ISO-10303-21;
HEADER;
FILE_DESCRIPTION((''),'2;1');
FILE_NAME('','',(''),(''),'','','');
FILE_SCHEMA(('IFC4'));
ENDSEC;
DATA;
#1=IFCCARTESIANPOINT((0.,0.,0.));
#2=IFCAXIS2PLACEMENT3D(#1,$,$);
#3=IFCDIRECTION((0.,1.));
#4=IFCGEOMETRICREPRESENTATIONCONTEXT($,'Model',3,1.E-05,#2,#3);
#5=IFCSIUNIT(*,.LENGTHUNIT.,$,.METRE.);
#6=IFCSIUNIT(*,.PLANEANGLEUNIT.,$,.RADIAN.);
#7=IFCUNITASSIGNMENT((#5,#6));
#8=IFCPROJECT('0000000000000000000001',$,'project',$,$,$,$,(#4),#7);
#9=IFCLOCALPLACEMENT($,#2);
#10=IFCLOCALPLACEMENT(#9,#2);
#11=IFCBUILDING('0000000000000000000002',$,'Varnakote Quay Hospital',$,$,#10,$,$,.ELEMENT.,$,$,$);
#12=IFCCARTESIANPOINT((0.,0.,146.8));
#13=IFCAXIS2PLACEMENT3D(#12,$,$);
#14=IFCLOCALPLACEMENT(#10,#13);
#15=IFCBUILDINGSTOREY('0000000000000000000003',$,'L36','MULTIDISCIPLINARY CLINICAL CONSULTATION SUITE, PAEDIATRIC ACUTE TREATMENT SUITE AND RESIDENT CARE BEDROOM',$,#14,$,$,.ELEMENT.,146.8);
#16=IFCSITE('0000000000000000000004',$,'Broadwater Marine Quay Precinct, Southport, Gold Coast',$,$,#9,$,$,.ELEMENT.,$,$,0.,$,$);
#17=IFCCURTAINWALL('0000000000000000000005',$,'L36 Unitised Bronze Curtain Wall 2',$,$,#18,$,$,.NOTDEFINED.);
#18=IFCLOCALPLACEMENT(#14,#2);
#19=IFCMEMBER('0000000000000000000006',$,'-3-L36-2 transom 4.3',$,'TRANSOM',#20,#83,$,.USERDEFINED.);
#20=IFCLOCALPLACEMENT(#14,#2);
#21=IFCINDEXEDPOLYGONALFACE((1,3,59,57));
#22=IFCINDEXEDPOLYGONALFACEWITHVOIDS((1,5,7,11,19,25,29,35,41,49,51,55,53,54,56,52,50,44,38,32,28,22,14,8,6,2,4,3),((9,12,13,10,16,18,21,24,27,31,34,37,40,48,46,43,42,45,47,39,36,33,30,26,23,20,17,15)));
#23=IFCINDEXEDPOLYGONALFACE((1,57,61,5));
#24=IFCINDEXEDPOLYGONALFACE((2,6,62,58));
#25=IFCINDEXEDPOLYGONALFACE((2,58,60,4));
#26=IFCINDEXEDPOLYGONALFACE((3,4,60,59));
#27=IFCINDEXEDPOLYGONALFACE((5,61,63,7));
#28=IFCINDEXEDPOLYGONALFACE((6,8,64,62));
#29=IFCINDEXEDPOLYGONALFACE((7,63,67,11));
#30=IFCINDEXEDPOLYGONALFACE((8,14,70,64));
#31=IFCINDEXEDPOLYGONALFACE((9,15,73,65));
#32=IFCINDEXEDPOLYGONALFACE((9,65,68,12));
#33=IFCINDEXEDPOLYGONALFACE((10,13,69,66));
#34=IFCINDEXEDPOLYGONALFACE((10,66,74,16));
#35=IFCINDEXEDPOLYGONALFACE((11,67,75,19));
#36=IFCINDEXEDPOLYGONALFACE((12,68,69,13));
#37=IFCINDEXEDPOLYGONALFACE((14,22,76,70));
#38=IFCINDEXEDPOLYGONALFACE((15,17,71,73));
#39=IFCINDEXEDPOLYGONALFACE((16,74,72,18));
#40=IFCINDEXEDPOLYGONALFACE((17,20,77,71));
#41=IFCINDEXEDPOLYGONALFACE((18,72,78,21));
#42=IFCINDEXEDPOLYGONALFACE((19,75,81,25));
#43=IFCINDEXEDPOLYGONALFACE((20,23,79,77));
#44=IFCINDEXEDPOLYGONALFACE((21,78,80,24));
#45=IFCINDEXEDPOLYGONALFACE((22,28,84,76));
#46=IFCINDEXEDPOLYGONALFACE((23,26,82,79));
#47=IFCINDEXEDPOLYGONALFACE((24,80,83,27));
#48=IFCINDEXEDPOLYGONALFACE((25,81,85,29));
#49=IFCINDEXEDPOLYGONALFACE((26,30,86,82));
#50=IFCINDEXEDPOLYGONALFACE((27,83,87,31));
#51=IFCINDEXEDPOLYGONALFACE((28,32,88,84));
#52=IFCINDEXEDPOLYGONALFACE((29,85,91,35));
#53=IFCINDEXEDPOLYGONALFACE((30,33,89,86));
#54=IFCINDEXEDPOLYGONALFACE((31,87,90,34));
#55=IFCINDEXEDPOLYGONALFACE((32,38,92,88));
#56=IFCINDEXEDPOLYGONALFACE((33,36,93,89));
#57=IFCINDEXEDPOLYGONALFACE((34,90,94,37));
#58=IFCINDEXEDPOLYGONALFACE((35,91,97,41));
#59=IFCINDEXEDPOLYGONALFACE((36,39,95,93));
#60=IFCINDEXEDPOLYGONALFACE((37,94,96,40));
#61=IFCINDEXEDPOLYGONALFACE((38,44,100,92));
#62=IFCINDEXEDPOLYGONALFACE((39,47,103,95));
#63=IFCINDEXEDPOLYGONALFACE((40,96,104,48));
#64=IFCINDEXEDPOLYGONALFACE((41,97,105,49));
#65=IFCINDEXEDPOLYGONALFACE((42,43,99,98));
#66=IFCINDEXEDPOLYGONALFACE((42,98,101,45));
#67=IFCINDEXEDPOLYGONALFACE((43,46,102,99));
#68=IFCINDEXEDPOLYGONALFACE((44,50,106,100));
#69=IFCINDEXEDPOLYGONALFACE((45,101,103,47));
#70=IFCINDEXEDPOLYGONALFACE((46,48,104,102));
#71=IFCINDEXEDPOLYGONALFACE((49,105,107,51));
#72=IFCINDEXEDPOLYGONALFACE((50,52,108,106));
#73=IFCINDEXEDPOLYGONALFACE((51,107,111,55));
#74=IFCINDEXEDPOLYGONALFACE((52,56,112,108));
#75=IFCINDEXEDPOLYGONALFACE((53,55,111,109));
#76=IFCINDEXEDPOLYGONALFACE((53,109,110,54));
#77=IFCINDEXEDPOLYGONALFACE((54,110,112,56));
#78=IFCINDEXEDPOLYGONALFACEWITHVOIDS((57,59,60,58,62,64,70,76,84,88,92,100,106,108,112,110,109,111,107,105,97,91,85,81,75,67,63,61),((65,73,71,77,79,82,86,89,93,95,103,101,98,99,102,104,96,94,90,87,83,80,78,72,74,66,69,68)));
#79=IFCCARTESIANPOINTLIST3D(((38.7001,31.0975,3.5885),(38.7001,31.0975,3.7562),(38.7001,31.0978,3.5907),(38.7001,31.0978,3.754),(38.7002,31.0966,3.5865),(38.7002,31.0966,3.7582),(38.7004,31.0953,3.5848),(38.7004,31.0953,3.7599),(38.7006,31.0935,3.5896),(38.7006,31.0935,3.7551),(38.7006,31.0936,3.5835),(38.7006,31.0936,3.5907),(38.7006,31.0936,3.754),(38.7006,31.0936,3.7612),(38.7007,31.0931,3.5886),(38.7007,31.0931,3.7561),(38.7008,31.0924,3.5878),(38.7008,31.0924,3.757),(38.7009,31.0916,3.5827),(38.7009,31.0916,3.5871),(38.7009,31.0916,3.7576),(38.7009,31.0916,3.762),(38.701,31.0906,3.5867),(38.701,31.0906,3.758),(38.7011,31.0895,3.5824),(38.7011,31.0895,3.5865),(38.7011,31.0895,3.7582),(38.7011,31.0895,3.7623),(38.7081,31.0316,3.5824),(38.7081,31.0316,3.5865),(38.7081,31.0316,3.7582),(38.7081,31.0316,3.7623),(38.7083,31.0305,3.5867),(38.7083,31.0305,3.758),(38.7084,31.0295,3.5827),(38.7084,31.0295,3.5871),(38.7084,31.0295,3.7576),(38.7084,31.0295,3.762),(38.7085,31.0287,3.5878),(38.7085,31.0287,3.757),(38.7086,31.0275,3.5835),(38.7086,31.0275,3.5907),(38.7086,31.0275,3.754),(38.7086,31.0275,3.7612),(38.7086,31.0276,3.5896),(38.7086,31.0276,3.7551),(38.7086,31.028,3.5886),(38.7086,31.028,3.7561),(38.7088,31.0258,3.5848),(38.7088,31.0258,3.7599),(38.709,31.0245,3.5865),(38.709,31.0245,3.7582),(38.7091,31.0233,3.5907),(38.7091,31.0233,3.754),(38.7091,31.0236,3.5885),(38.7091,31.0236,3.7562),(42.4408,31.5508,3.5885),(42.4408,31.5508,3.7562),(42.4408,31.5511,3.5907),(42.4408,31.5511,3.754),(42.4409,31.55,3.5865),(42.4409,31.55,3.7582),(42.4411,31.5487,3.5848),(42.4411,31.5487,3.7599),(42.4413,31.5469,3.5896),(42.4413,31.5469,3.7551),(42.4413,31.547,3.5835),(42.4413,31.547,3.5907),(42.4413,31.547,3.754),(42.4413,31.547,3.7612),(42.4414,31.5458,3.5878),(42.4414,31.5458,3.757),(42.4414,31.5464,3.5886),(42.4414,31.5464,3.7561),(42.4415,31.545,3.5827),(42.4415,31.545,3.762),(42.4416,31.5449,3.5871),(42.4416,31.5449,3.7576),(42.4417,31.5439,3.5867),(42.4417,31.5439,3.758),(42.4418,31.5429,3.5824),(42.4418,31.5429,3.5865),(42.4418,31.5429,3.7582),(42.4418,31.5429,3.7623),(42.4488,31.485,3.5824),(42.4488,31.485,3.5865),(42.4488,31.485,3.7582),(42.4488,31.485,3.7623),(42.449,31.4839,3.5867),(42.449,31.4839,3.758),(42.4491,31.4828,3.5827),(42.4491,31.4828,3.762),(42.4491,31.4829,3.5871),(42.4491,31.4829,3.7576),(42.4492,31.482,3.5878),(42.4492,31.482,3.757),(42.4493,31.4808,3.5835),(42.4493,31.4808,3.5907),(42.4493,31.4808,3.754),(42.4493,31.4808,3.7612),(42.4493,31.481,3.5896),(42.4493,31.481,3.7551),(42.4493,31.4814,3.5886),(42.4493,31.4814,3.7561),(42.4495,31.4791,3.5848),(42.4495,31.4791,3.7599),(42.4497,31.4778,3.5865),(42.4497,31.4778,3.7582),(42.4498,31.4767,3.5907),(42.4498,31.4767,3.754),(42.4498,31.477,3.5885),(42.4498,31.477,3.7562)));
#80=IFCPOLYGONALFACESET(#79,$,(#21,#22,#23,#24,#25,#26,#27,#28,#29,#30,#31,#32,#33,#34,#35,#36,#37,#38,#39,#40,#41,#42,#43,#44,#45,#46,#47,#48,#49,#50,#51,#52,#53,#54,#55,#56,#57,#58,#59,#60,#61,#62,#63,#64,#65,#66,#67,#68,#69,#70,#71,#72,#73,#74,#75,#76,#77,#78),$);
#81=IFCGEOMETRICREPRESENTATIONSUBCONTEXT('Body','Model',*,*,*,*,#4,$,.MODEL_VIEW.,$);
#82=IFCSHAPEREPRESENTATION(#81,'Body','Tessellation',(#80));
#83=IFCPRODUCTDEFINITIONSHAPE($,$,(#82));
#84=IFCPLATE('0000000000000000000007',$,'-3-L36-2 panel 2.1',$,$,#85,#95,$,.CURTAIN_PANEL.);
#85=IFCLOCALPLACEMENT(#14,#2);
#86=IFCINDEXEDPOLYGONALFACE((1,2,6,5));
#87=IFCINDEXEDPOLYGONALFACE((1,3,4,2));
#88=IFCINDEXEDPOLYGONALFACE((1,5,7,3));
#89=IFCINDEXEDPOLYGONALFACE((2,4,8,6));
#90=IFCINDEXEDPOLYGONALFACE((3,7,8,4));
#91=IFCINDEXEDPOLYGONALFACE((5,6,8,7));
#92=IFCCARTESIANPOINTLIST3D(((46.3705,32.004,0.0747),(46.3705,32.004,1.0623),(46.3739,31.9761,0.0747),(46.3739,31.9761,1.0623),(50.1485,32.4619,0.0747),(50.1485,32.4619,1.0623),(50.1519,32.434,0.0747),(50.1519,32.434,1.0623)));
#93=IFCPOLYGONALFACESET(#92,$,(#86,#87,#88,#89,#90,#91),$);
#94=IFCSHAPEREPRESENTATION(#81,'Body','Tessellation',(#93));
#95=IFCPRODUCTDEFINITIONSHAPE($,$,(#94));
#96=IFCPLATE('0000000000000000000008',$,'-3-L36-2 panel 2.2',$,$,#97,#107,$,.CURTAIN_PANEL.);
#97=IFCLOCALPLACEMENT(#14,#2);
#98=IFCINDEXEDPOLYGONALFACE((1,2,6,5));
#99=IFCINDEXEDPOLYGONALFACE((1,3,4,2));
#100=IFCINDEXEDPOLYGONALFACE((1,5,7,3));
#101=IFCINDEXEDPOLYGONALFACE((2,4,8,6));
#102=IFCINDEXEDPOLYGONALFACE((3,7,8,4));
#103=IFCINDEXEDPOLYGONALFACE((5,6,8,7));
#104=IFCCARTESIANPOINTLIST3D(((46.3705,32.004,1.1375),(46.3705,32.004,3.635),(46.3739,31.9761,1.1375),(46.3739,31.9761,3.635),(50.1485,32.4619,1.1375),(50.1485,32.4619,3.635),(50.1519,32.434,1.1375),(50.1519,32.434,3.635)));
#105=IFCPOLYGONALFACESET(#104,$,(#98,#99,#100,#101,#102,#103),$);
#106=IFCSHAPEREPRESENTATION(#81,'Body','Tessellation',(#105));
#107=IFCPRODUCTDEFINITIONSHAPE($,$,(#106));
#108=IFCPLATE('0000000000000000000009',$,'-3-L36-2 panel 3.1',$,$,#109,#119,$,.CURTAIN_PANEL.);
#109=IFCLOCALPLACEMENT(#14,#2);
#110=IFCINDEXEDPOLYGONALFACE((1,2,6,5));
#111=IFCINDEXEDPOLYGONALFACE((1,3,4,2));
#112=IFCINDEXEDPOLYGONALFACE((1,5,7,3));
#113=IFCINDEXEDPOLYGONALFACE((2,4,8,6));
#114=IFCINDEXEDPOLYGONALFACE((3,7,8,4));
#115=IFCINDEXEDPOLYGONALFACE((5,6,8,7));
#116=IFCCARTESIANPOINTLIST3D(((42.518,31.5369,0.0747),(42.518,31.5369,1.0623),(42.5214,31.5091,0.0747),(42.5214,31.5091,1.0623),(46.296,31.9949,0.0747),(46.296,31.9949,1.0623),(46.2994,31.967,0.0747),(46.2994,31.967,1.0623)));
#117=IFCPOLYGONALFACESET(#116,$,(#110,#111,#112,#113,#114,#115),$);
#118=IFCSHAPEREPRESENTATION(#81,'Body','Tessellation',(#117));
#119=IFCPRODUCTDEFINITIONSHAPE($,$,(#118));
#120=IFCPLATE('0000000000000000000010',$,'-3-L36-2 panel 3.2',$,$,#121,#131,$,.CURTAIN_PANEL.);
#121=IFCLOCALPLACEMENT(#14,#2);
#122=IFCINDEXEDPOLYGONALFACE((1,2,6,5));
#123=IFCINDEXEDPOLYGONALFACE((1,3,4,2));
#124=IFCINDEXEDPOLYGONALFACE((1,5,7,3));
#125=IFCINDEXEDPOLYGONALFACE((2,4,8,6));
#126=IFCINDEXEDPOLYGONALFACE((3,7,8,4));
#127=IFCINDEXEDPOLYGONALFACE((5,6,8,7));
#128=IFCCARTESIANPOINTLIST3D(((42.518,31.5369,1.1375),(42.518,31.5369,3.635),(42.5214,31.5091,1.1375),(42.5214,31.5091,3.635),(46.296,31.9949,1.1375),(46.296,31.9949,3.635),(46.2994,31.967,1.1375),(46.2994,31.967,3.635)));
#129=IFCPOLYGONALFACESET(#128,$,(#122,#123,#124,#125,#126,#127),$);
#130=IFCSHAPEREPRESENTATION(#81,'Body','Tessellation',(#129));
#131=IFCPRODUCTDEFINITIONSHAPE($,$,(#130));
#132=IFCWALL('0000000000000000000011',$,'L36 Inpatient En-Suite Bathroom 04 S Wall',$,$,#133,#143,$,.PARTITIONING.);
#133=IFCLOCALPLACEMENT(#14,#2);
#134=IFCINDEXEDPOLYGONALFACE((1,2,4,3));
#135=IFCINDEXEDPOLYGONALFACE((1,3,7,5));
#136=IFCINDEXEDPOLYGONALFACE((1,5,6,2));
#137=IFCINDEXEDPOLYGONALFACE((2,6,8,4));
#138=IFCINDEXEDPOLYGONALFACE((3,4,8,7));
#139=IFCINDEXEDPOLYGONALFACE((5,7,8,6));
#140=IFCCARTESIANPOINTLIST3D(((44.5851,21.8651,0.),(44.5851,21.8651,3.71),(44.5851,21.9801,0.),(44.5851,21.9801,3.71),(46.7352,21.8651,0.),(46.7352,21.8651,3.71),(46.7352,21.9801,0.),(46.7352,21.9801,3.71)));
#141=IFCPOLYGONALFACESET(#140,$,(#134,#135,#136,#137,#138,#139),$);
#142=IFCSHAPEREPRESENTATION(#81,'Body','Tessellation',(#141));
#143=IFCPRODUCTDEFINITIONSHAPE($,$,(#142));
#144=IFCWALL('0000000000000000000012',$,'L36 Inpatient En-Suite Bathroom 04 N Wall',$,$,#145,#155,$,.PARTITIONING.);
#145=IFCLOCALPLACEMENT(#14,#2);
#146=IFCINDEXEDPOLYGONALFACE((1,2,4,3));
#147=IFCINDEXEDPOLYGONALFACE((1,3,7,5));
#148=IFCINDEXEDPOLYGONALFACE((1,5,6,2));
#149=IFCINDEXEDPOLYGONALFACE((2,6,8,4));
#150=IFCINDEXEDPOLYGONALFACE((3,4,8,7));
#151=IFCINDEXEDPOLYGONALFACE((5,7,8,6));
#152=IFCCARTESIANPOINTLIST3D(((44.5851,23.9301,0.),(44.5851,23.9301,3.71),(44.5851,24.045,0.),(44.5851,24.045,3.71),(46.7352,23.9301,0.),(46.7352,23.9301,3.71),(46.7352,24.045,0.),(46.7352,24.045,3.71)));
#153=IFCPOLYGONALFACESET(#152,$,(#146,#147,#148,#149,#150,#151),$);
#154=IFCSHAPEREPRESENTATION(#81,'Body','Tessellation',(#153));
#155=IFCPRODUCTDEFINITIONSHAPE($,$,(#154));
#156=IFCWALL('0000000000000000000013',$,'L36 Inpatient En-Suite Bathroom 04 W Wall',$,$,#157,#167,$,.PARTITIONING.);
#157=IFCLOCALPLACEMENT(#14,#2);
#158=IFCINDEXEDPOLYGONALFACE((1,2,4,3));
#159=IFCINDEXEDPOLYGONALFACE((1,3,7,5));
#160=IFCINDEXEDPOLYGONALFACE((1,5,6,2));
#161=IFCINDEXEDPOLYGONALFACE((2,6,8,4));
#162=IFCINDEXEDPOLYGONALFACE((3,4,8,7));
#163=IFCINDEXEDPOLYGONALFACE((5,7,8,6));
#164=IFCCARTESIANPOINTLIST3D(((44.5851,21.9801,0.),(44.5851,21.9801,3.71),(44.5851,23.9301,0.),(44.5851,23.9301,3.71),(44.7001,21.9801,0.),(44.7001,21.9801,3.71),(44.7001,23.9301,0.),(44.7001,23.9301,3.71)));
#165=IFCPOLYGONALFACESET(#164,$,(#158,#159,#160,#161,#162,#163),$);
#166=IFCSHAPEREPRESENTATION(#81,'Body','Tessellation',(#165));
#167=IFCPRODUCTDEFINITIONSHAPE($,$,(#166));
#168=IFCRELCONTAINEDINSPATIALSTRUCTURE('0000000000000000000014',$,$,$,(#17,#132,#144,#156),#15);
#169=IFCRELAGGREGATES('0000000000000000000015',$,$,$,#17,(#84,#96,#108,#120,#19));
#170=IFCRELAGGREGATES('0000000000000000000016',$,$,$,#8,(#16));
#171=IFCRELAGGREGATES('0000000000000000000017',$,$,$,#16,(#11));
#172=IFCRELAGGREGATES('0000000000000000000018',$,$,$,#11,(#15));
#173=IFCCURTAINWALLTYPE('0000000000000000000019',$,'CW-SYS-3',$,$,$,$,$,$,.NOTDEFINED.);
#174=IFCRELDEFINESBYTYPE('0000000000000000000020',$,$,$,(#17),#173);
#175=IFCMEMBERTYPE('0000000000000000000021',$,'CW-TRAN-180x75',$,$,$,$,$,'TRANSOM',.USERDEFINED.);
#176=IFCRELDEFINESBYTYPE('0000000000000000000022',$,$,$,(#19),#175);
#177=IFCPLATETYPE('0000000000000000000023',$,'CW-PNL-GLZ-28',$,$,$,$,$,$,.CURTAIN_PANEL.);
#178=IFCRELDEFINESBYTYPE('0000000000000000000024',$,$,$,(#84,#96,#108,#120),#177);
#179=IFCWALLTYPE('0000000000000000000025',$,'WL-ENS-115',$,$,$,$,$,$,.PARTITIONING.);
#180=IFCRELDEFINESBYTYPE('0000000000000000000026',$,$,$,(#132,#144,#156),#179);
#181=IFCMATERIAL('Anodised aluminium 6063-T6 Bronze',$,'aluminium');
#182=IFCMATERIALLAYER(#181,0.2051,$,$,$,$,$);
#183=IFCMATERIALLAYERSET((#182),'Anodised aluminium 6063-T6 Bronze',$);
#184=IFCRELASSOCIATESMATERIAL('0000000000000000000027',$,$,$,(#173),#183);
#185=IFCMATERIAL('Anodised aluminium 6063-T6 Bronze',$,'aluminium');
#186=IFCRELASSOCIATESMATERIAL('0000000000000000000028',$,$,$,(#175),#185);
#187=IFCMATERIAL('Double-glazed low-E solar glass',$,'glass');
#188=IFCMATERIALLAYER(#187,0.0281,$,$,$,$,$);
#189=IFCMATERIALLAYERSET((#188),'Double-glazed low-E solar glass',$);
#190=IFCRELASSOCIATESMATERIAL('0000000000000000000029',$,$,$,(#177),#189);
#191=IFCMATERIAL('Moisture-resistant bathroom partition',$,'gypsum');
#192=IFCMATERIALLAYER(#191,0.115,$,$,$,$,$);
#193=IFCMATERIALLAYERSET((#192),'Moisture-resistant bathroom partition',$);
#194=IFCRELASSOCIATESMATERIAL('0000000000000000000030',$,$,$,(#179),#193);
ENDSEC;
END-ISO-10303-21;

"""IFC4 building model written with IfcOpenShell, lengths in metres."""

from ifc_helpers import new_model, si_unit, direction, frame, frame_2d, origin, origin_2d, place, context, subcontext, project, spatial, rectangle, hollow_rectangle, extrude, material, layer, layer_set, material_profile, profile_set, type_object, element, aggregate, save


model = new_model("IFC4")

# Units and contexts
model_context = context("Model", 3, precision=1e-05, world=origin(), true_north=direction((0.0, 1.0)))
body_context = subcontext(model_context, "Body", "Model", "MODEL_VIEW")
ifc_project = project(units=[si_unit("LENGTHUNIT", "METRE"), si_unit("PLANEANGLEUNIT", "RADIAN")], contexts=[model_context])

# Site, building, storey
site_placement = place(None, origin())
site = spatial("IfcSite", under=ifc_project, at=site_placement, Name="Broadwater Marine Quay Precinct, Southport, Gold Coast", CompositionType="ELEMENT", RefElevation=0.0)
building_placement = place(site_placement, origin())
building = spatial("IfcBuilding", under=site, at=building_placement, Name="Varnakote Quay Hospital", CompositionType="ELEMENT")
storey_placement = place(building_placement, frame((0.0, 0.0, 146.8)))
storey = spatial("IfcBuildingStorey", under=building, at=storey_placement, Name="L36", Description="MULTIDISCIPLINARY CLINICAL CONSULTATION SUITE, PAEDIATRIC ACUTE TREATMENT SUITE AND RESIDENT CARE BEDROOM", CompositionType="ELEMENT", Elevation=146.8)

# Curtain wall, member, plates
ifc_material_1 = material(Name="Anodised aluminium 6063-T6 Bronze", Category="aluminium")
ifc_layer_1 = layer(ifc_material_1, 0.2051)
ifc_layer_set_1 = layer_set([ifc_layer_1], Name="Anodised aluminium 6063-T6 Bronze")
curtain_wall_type = type_object("IfcCurtainWallType", Name="CW-SYS-3", PredefinedType="NOTDEFINED", material=ifc_layer_set_1)
curtain_wall_placement = place(storey_placement, origin())
curtain_wall = element("IfcCurtainWall", 1, at=curtain_wall_placement, inside=storey, type_object=curtain_wall_type, Name="L36 Unitised Bronze Curtain Wall 2", PredefinedType="NOTDEFINED")
ifc_material_2 = material(Name="Anodised aluminium 6063-T6 Bronze", Category="aluminium")
ifc_material_profile_1 = material_profile(ifc_material_2, hollow_rectangle(XDim=0.075, YDim=0.1799, WallThickness=0.0042, InnerFilletRadius=0.0042, OuterFilletRadius=0.0083, at=origin_2d()), Name="CW-TRAN-180x75")
ifc_profile_set_1 = profile_set([ifc_material_profile_1], Name="Anodised aluminium 6063-T6 Bronze")
member_type_1 = type_object("IfcMemberType", Name="CW-TRAN-180x75", ElementType="TRANSOM", PredefinedType="USERDEFINED", material=ifc_profile_set_1)
member_1_placement = place(storey_placement, frame((42.4453, 31.5139, 3.6724), z_axis=(-0.992735, -0.120318, 0.0), x_axis=(0.120318, -0.992735, 0.0)))
member_1 = element("IfcMember", 2, at=member_1_placement, type_object=member_type_1, Name="-3-L36-2 transom 4.3", ObjectType="TRANSOM", PredefinedType="USERDEFINED", context=body_context, shape_type="SweptSolid", body=[
    extrude(hollow_rectangle(XDim=0.075, YDim=0.1799, WallThickness=0.0042, InnerFilletRadius=0.0042, OuterFilletRadius=0.0083, at=origin_2d()), origin(), (0.0, 0.0, 1.0), 3.7681),
])
ifc_material_3 = material(Name="Double-glazed low-E solar glass", Category="glass")
ifc_layer_2 = layer(ifc_material_3, 0.0281)
ifc_layer_set_2 = layer_set([ifc_layer_2], Name="Double-glazed low-E solar glass")
plate_type = type_object("IfcPlateType", Name="CW-PNL-GLZ-28", PredefinedType="CURTAIN_PANEL", material=ifc_layer_set_2)
plate_1_placement = place(storey_placement, frame((48.2612, 32.219, 0.0747), z_axis=(0.0, 0.0, 1.0), x_axis=(-0.992734, -0.120327, 0.0)))
plate_1 = element("IfcPlate", 3, at=plate_1_placement, type_object=plate_type, Name="-3-L36-2 panel 2.1", PredefinedType="CURTAIN_PANEL", context=body_context, shape_type="SweptSolid", body=[
    extrude(rectangle(XDim=3.8057, YDim=0.0281, at=origin_2d()), origin(), (0.0, 0.0, 1.0), 0.9875),
])
plate_2_placement = place(storey_placement, frame((48.2612, 32.219, 1.1375), z_axis=(0.0, 0.0, 1.0), x_axis=(-0.992734, -0.120327, 0.0)))
plate_2 = element("IfcPlate", 4, at=plate_2_placement, type_object=plate_type, Name="-3-L36-2 panel 2.2", PredefinedType="CURTAIN_PANEL", context=body_context, shape_type="SweptSolid", body=[
    extrude(rectangle(XDim=3.8057, YDim=0.0281, at=origin_2d()), origin(), (0.0, 0.0, 1.0), 2.4976),
])
plate_3_placement = place(storey_placement, frame((44.4087, 31.752, 0.0747), z_axis=(0.0, 0.0, 1.0), x_axis=(-0.992734, -0.120327, 0.0)))
plate_3 = element("IfcPlate", 5, at=plate_3_placement, type_object=plate_type, Name="-3-L36-2 panel 3.1", PredefinedType="CURTAIN_PANEL", context=body_context, shape_type="SweptSolid", body=[
    extrude(rectangle(XDim=3.8057, YDim=0.0281, at=origin_2d()), origin(), (0.0, 0.0, 1.0), 0.9875),
])
plate_4_placement = place(storey_placement, frame((44.4087, 31.752, 1.1375), z_axis=(0.0, 0.0, 1.0), x_axis=(-0.992734, -0.120327, 0.0)))
plate_4 = element("IfcPlate", 6, at=plate_4_placement, type_object=plate_type, Name="-3-L36-2 panel 3.2", PredefinedType="CURTAIN_PANEL", context=body_context, shape_type="SweptSolid", body=[
    extrude(rectangle(XDim=3.8057, YDim=0.0281, at=origin_2d()), origin(), (0.0, 0.0, 1.0), 2.4976),
])
aggregate(curtain_wall, [plate_1, plate_2, plate_3, plate_4, member_1])

# Walls
ifc_material_4 = material(Name="Moisture-resistant bathroom partition", Category="gypsum")
ifc_layer_3 = layer(ifc_material_4, 0.115)
ifc_layer_set_3 = layer_set([ifc_layer_3], Name="Moisture-resistant bathroom partition")
wall_type_1 = type_object("IfcWallType", Name="WL-ENS-115", PredefinedType="PARTITIONING", material=ifc_layer_set_3)
for number, where, z_axis, x_axis, name in (
    (7, (44.585, 21.9226, 0.0), (0.0, 0.0, 1.0), (1.0, 0.0, 0.0), "L36 Inpatient En-Suite Bathroom 04 S Wall"),
    (8, (44.585, 23.9875, 0.0), (0.0, 0.0, 1.0), (1.0, 0.0, 0.0), "L36 Inpatient En-Suite Bathroom 04 N Wall"),
):
    element("IfcWall", number, at=place(storey_placement, frame(where, z_axis=z_axis, x_axis=x_axis)), inside=storey, type_object=wall_type_1, Name=name, PredefinedType="PARTITIONING", context=body_context, shape_type="SweptSolid", body=[
        extrude(rectangle(XDim=2.1501, YDim=0.115, at=frame_2d((1.0752, 0.0))), origin(), (0.0, 0.0, 1.0), 3.71),
    ])
wall_1_placement = place(storey_placement, frame((44.6426, 21.98, 0.0), z_axis=(0.0, 0.0, 1.0), x_axis=(0.0, 1.0, 0.0)))
element("IfcWall", 9, at=wall_1_placement, inside=storey, type_object=wall_type_1, Name="L36 Inpatient En-Suite Bathroom 04 W Wall", PredefinedType="PARTITIONING", context=body_context, shape_type="SweptSolid", body=[
    extrude(rectangle(XDim=1.95, YDim=0.115, at=frame_2d((0.9751, 0.0))), origin(), (0.0, 0.0, 1.0), 3.71),
])

save(model, "model.ifc")
